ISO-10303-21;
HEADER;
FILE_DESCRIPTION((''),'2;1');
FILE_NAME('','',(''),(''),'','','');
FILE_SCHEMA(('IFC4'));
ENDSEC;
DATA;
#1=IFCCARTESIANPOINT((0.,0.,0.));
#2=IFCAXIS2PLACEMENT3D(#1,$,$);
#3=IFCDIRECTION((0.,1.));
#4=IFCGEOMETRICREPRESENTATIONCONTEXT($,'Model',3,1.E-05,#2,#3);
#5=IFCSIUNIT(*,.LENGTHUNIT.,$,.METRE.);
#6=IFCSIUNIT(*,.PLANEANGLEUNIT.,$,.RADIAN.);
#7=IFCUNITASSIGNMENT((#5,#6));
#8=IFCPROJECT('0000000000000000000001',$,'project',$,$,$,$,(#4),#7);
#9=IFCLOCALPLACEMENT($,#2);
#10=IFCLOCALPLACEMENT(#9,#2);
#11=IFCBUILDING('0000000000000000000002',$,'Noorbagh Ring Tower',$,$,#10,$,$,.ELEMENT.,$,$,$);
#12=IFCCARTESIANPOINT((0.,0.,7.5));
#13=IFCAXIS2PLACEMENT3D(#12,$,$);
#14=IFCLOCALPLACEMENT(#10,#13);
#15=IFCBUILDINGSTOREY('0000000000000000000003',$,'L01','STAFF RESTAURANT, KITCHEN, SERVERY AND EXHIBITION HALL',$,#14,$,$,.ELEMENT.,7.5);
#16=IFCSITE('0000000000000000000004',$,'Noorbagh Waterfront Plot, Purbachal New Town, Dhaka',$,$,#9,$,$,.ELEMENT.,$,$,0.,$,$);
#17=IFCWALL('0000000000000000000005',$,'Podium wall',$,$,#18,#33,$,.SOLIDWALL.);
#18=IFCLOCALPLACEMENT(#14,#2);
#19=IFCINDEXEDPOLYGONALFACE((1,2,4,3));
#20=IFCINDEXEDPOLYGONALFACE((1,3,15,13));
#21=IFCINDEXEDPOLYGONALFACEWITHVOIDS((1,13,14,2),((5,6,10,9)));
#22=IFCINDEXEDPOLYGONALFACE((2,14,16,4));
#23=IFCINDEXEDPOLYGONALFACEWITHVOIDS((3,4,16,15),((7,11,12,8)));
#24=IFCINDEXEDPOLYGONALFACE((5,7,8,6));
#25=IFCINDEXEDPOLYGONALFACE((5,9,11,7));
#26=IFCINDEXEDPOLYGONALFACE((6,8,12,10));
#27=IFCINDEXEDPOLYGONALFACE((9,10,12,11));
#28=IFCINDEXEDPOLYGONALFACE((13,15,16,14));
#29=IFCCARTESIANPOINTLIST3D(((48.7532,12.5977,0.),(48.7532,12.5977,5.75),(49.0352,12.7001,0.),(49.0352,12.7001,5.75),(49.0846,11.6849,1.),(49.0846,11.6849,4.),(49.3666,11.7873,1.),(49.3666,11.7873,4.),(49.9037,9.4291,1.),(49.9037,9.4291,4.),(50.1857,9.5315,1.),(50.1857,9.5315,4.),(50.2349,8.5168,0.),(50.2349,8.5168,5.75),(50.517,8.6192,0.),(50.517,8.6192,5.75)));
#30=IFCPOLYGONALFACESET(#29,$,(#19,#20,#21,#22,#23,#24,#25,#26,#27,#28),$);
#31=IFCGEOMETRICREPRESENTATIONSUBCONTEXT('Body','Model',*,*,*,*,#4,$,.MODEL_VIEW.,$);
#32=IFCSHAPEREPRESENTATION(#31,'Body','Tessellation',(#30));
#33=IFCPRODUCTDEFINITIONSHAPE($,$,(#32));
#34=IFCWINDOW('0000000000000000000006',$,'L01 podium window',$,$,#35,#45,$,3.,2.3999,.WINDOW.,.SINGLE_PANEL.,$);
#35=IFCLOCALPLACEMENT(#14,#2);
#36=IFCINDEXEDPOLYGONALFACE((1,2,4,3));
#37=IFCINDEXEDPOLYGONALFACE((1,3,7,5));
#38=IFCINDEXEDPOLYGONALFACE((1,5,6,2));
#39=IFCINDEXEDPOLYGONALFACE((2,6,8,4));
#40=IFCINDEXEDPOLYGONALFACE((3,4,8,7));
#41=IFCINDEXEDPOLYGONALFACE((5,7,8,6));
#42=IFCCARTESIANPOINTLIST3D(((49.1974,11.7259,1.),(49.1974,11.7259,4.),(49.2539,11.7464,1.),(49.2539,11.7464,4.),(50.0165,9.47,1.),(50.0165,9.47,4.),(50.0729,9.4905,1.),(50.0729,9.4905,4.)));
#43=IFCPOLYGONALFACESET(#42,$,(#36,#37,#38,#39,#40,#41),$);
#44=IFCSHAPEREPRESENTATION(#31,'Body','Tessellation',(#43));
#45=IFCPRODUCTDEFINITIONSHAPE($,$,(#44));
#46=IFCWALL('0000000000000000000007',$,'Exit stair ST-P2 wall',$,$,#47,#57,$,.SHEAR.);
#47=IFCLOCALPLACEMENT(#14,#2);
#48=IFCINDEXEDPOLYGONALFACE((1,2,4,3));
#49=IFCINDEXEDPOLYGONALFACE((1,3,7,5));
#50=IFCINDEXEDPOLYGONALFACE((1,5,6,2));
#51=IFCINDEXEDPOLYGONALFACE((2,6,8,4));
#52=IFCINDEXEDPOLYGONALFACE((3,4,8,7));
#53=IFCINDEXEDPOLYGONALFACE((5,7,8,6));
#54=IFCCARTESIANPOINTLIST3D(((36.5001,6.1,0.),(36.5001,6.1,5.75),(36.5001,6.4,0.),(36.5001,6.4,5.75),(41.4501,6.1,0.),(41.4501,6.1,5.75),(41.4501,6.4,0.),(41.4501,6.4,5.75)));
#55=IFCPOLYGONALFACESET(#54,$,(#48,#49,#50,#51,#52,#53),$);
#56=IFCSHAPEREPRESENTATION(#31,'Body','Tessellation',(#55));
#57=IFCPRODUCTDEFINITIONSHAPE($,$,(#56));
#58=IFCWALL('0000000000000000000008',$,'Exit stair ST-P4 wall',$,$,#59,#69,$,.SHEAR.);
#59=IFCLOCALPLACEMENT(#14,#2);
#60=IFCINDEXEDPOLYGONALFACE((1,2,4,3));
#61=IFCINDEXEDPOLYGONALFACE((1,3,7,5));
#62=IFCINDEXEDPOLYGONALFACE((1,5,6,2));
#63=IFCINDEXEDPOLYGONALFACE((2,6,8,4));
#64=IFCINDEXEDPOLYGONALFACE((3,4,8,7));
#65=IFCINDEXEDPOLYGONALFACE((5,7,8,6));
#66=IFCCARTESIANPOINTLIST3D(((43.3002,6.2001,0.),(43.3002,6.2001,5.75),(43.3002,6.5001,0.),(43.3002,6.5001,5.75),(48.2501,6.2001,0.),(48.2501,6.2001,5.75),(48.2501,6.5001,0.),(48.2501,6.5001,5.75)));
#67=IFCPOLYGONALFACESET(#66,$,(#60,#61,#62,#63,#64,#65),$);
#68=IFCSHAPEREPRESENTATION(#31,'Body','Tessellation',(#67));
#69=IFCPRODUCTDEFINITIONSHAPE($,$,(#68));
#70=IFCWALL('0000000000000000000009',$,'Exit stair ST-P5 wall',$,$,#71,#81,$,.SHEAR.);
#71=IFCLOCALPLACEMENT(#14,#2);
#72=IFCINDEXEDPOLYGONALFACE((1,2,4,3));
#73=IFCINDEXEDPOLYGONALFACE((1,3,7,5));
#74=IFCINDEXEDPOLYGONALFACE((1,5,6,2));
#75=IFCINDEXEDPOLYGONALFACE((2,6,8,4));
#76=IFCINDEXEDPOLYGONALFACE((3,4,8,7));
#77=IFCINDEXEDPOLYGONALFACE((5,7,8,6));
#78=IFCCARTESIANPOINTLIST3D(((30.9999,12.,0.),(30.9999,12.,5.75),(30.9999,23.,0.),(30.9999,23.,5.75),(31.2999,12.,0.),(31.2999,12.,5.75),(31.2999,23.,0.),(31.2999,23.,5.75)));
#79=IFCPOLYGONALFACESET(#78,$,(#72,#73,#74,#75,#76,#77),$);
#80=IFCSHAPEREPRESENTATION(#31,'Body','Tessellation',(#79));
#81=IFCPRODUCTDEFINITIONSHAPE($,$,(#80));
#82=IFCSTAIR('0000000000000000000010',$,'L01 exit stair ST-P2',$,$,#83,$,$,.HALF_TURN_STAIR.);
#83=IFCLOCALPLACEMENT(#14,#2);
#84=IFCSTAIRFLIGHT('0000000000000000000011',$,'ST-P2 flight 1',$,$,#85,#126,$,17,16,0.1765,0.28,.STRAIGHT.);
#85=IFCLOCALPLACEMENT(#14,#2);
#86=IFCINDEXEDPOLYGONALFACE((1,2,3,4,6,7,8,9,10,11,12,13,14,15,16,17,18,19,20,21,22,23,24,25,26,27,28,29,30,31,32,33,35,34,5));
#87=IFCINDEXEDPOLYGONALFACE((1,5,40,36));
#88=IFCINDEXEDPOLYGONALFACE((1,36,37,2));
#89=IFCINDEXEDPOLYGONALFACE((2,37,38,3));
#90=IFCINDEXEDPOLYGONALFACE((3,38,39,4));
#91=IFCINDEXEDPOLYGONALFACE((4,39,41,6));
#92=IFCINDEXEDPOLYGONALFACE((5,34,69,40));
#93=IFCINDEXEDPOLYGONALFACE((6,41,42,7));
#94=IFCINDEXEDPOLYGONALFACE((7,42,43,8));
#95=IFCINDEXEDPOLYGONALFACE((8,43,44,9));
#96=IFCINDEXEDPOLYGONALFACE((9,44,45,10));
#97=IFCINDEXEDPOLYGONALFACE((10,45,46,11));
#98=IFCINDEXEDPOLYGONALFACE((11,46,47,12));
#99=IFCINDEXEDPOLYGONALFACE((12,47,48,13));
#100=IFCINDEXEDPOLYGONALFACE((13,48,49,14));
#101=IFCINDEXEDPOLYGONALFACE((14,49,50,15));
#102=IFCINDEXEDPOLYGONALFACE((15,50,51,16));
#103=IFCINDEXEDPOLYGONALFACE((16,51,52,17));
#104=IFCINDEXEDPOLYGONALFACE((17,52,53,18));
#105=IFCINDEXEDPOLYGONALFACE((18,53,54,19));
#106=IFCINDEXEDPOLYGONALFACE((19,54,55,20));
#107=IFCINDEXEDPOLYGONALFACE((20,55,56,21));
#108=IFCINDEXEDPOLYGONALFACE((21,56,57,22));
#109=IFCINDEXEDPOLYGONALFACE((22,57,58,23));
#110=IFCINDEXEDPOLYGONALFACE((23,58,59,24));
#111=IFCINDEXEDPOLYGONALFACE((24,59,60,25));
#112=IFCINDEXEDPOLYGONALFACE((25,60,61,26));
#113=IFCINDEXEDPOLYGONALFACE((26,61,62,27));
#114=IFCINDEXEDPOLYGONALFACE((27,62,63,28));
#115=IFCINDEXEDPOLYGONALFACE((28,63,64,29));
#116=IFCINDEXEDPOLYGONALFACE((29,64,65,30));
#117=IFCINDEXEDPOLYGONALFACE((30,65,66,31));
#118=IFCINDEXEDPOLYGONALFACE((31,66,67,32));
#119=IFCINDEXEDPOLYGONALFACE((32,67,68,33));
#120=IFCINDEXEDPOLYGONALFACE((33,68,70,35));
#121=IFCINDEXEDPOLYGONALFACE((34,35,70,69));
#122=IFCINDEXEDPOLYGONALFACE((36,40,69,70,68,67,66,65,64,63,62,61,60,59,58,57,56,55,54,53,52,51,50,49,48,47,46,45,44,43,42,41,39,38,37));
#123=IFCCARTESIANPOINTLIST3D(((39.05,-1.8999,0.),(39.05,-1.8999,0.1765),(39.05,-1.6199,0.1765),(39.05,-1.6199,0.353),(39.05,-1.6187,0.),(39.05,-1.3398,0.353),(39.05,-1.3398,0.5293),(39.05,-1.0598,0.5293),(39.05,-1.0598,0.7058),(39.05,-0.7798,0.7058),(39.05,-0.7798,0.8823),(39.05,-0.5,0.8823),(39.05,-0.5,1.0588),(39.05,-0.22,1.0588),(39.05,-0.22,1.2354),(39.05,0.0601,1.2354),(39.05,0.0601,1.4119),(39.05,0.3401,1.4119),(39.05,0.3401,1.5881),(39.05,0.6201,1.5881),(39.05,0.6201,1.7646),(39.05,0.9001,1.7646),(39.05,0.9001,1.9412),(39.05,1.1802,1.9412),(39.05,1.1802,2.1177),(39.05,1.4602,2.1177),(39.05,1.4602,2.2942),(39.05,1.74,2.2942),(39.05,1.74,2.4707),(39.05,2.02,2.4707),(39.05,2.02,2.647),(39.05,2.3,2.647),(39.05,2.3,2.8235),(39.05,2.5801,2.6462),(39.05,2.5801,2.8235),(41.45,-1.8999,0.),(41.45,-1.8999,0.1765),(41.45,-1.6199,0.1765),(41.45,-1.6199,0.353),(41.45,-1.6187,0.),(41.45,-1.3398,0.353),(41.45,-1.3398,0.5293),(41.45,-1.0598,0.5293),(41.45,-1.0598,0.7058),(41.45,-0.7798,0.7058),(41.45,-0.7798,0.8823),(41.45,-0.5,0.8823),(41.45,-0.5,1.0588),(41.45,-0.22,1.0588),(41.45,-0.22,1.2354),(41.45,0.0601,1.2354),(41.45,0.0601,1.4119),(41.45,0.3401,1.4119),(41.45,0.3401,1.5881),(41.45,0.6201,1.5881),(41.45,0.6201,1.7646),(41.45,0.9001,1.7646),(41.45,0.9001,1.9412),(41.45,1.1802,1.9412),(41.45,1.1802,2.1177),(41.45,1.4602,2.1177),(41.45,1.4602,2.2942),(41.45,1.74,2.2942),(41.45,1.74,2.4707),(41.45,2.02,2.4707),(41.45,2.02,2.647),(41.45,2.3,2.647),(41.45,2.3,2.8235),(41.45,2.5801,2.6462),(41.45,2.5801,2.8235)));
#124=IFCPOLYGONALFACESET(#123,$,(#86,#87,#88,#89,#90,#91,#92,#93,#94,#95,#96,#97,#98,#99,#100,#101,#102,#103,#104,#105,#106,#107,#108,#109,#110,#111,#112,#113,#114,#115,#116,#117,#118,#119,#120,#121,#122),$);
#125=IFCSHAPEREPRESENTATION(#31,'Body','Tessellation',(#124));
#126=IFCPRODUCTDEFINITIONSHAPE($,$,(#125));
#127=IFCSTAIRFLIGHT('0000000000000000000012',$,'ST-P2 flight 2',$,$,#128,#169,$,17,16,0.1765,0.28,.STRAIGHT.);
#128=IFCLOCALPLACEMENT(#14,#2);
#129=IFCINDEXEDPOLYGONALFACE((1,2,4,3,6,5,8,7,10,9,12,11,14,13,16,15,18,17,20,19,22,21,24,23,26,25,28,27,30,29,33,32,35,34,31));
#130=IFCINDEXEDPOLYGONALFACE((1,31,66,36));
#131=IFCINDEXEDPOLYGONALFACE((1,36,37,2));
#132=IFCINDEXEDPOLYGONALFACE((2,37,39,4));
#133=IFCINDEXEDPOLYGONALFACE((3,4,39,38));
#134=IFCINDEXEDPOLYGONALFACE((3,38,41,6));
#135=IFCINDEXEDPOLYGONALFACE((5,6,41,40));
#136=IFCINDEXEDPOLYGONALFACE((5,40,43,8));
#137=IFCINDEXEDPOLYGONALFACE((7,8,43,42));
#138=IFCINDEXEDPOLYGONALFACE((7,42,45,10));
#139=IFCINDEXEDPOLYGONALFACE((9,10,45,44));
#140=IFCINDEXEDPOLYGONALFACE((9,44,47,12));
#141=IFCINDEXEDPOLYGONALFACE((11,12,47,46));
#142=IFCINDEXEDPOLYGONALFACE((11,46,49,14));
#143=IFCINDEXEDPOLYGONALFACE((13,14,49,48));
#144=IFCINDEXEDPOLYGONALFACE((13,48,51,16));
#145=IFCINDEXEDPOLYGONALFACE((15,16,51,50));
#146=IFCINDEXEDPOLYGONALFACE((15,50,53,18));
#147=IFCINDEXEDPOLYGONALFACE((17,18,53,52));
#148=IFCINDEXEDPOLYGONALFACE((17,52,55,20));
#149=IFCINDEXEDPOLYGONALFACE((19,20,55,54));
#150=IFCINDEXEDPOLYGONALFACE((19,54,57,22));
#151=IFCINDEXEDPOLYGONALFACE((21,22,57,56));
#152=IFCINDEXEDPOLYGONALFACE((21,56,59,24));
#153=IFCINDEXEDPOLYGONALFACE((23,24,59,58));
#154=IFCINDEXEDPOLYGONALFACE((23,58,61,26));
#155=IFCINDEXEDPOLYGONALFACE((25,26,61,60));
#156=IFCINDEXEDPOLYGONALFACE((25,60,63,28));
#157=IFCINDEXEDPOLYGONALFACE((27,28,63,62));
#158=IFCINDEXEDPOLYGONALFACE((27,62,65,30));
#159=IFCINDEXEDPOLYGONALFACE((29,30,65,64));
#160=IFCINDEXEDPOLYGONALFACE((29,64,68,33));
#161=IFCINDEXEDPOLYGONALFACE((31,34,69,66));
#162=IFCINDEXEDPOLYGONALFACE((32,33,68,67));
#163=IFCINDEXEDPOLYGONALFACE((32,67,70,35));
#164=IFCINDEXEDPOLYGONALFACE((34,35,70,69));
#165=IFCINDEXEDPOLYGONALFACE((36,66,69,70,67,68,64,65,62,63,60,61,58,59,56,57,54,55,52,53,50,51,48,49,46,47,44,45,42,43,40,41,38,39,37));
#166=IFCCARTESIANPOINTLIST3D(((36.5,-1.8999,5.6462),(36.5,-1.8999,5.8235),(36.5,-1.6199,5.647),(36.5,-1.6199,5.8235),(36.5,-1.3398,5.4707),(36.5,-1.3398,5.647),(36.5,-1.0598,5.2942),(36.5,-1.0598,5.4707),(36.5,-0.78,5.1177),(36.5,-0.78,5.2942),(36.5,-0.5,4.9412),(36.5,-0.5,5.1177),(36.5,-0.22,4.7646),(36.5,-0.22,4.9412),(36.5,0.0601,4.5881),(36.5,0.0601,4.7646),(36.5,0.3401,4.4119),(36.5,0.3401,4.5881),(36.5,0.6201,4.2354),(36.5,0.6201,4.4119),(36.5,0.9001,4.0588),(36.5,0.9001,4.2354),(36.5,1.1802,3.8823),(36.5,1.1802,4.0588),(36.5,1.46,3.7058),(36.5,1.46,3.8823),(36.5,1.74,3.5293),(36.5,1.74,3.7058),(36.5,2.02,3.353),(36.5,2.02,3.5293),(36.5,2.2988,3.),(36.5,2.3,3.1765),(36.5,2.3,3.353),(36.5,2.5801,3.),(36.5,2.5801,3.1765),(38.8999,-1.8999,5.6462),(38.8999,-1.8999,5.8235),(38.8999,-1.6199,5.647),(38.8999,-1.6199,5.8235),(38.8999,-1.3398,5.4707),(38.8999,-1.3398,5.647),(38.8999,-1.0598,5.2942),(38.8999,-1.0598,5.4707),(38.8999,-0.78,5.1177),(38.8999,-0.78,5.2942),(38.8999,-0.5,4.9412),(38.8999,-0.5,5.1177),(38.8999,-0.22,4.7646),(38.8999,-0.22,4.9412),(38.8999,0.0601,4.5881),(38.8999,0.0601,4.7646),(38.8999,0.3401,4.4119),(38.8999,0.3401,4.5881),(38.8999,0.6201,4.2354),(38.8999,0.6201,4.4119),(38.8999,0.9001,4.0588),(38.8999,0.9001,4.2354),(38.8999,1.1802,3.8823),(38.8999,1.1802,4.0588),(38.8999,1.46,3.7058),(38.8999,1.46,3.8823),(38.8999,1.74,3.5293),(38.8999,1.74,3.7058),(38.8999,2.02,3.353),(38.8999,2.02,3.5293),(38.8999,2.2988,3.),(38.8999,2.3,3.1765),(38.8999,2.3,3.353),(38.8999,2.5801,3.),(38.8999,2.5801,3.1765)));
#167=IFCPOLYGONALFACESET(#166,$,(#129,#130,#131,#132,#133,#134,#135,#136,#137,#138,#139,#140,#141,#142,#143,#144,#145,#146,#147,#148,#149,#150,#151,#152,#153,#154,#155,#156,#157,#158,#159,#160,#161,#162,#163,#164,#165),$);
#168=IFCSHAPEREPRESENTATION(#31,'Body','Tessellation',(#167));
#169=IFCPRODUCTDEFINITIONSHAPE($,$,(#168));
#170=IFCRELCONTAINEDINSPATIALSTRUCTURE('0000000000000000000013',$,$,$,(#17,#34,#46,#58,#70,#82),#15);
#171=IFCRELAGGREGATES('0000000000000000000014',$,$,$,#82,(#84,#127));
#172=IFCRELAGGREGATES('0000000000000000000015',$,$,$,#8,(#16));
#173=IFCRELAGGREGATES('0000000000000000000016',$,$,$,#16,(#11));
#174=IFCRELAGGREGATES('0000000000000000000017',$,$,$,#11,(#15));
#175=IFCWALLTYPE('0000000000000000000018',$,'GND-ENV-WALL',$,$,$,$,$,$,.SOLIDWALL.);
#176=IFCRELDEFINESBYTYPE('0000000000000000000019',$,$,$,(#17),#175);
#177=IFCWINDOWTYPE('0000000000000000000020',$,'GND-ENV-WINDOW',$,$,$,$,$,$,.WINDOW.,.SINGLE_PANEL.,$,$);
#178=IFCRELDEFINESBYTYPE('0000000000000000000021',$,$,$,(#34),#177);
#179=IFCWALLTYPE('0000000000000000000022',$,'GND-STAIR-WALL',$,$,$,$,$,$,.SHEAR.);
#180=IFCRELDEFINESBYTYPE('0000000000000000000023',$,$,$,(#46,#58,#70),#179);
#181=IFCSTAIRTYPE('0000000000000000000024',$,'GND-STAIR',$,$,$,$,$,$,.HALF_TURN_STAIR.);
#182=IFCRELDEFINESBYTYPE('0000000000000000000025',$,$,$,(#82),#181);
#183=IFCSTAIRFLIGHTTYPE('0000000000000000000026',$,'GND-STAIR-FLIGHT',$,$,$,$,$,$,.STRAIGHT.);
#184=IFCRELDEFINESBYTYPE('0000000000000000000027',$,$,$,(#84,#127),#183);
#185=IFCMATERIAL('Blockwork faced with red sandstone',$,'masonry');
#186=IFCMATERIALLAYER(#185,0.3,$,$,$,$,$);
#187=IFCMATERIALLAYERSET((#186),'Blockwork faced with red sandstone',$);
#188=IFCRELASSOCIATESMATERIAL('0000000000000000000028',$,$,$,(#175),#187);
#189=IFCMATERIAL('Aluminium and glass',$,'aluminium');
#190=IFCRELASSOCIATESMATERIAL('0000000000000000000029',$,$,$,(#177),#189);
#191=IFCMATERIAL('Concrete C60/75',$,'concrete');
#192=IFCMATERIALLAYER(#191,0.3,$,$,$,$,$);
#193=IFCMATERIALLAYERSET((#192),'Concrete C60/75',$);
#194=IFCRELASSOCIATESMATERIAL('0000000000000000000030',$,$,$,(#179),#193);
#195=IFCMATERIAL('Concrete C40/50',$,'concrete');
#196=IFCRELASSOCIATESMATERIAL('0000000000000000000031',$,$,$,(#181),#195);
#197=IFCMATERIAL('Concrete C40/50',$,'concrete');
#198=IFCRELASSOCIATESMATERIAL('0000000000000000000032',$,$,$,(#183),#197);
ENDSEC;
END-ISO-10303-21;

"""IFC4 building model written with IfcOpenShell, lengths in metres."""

from ifc_helpers import new_model, si_unit, direction, frame, frame_2d, origin, place, context, subcontext, project, spatial, polyline, rectangle, outline, extrude, material, layer, layer_set, type_object, element, fill, aggregate, save


model = new_model("IFC4")

# Units and contexts
model_context = context("Model", 3, precision=1e-05, world=origin(), true_north=direction((0.0, 1.0)))
body_context = subcontext(model_context, "Body", "Model", "MODEL_VIEW")
ifc_project = project(units=[si_unit("LENGTHUNIT", "METRE"), si_unit("PLANEANGLEUNIT", "RADIAN")], contexts=[model_context])

# Site, building, storey
site_placement = place(None, origin())
site = spatial("IfcSite", under=ifc_project, at=site_placement, Name="Noorbagh Waterfront Plot, Purbachal New Town, Dhaka", CompositionType="ELEMENT", RefElevation=0.0)
building_placement = place(site_placement, origin())
building = spatial("IfcBuilding", under=site, at=building_placement, Name="Noorbagh Ring Tower", CompositionType="ELEMENT")
storey_placement = place(building_placement, frame((0.0, 0.0, 7.5)))
storey = spatial("IfcBuildingStorey", under=building, at=storey_placement, Name="L01", Description="STAFF RESTAURANT, KITCHEN, SERVERY AND EXHIBITION HALL", CompositionType="ELEMENT", Elevation=7.5)

# Wall, opening, window
ifc_material_1 = material(Name="Blockwork faced with red sandstone", Category="masonry")
ifc_layer_1 = layer(ifc_material_1, 0.3)
ifc_layer_set_1 = layer_set([ifc_layer_1], Name="Blockwork faced with red sandstone")
wall_type_1 = type_object("IfcWallType", Name="GND-ENV-WALL", PredefinedType="SOLIDWALL", material=ifc_layer_set_1)
ifc_material_2 = material(Name="Aluminium and glass", Category="aluminium")
window_type = type_object("IfcWindowType", Name="GND-ENV-WINDOW", PartitioningType="SINGLE_PANEL", PredefinedType="WINDOW", material=ifc_material_2)
wall_1_placement = place(storey_placement, frame((50.376, 8.5679, 0.0), z_axis=(0.0, 0.0, 1.0), x_axis=(-0.341287, 0.939959, 0.0)))
wall_1 = element("IfcWall", 1, at=wall_1_placement, inside=storey, type_object=wall_type_1, Name="Podium wall", PredefinedType="SOLIDWALL", context=body_context, shape_type="SweptSolid", body=[
    extrude(rectangle(XDim=4.3416, YDim=0.3, at=frame_2d((2.1709, 0.0))), origin(), (0.0, 0.0, 1.0), 5.75),
])
opening_1_placement = place(wall_1_placement, frame((0.9707, 0.0, 1.0)))
opening_1 = element("IfcOpeningElement", 2, at=opening_1_placement, cuts=wall_1, PredefinedType="OPENING", context=body_context, shape_type="SweptSolid", body=[
    extrude(rectangle(XDim=2.3999, YDim=3.0, at=frame_2d((1.2, 1.5))), frame((0.0, 0.1602, 0.0), z_axis=(0.0, -1.0, 0.0), x_axis=(1.0, 0.0, 0.0)), (0.0, 0.0, 1.0), 0.3201),
])
window_1_placement = place(opening_1_placement, origin())
window_1 = element("IfcWindow", 3, at=window_1_placement, inside=storey, type_object=window_type, Name="L01 podium window", OverallHeight=3.0, OverallWidth=2.3999, PartitioningType="SINGLE_PANEL", PredefinedType="WINDOW", context=body_context, shape_type="SweptSolid", body=[
    extrude(rectangle(XDim=2.3999, YDim=3.0, at=frame_2d((1.2, 1.5))), frame((0.0, 0.03, 0.0), z_axis=(0.0, -1.0, 0.0), x_axis=(1.0, 0.0, 0.0)), (0.0, 0.0, 1.0), 0.0601),
])
fill(opening_1, window_1)

# Walls
ifc_material_3 = material(Name="Concrete C60/75", Category="concrete")
ifc_layer_2 = layer(ifc_material_3, 0.3)
ifc_layer_set_2 = layer_set([ifc_layer_2], Name="Concrete C60/75")
wall_type_2 = type_object("IfcWallType", Name="GND-STAIR-WALL", PredefinedType="SHEAR", material=ifc_layer_set_2)
for number, where, z_axis, x_axis, name in (
    (4, (36.5, 6.25, 0.0), (0.0, 0.0, 1.0), (1.0, 0.0, 0.0), "Exit stair ST-P2 wall"),
    (5, (43.3, 6.3501, 0.0), (0.0, 0.0, 1.0), (1.0, 0.0, 0.0), "Exit stair ST-P4 wall"),
):
    element("IfcWall", number, at=place(storey_placement, frame(where, z_axis=z_axis, x_axis=x_axis)), inside=storey, type_object=wall_type_2, Name=name, PredefinedType="SHEAR", context=body_context, shape_type="SweptSolid", body=[
        extrude(rectangle(XDim=4.95, YDim=0.3, at=frame_2d((2.4751, 0.0))), origin(), (0.0, 0.0, 1.0), 5.75),
    ])
wall_2_placement = place(storey_placement, frame((31.1499, 12.0, 0.0), z_axis=(0.0, 0.0, 1.0), x_axis=(0.0, 1.0, 0.0)))
element("IfcWall", 6, at=wall_2_placement, inside=storey, type_object=wall_type_2, Name="Exit stair ST-P5 wall", PredefinedType="SHEAR", context=body_context, shape_type="SweptSolid", body=[
    extrude(rectangle(XDim=11.0, YDim=0.3, at=frame_2d((5.5, 0.0))), origin(), (0.0, 0.0, 1.0), 5.75),
])

# Stair, stair flights
ifc_material_4 = material(Name="Concrete C40/50", Category="concrete")
stair_type = type_object("IfcStairType", Name="GND-STAIR", PredefinedType="HALF_TURN_STAIR", material=ifc_material_4)
stair_1_placement = place(storey_placement, origin())
stair_1 = element("IfcStair", 7, at=stair_1_placement, inside=storey, type_object=stair_type, Name="L01 exit stair ST-P2", PredefinedType="HALF_TURN_STAIR")
ifc_material_5 = material(Name="Concrete C40/50", Category="concrete")
stair_flight_type = type_object("IfcStairFlightType", Name="GND-STAIR-FLIGHT", PredefinedType="STRAIGHT", material=ifc_material_5)
stair_flight_1_placement = place(storey_placement, frame((40.25, -1.8999, 0.0), z_axis=(0.0, 0.0, 1.0), x_axis=(0.0, 1.0, 0.0)))
stair_flight_1 = element("IfcStairFlight", 8, at=stair_flight_1_placement, type_object=stair_flight_type, Name="ST-P2 flight 1", NumberOfRisers=17, NumberOfTreads=16, PredefinedType="STRAIGHT", RiserHeight=0.1765, TreadLength=0.28, context=body_context, shape_type="SweptSolid", body=[
    extrude(outline(polyline([(0.0, 0.0), (0.0, 0.1765), (0.28, 0.1765), (0.28, 0.353), (0.5601, 0.353), (0.5601, 0.5293), (0.8401, 0.5293), (0.8401, 0.7058), (1.1201, 0.7058), (1.1201, 0.8823), (1.3999, 0.8823), (1.3999, 1.0588), (1.6799, 1.0588), (1.6799, 1.2354), (1.96, 1.2354), (1.96, 1.4119), (2.24, 1.4119), (2.24, 1.5881), (2.52, 1.5881), (2.52, 1.7646), (2.8, 1.7646), (2.8, 1.9412), (3.0801, 1.9412), (3.0801, 2.1177), (3.3601, 2.1177), (3.3601, 2.2942), (3.6399, 2.2942), (3.6399, 2.4707), (3.9199, 2.4707), (3.9199, 2.647), (4.2, 2.647), (4.2, 2.8235), (4.48, 2.8235), (4.48, 3.0), (4.48, 2.6462), (0.2812, 0.0), (0.0, 0.0)])), frame((0.0, 1.2, 0.0), z_axis=(0.0, -1.0, 0.0), x_axis=(1.0, 0.0, 0.0)), (0.0, 0.0, 1.0), 2.3999),
])
stair_flight_2_placement = place(storey_placement, frame((37.7, 2.5801, 3.0), z_axis=(0.0, 0.0, 1.0), x_axis=(0.0, -1.0, 0.0)))
stair_flight_2 = element("IfcStairFlight", 9, at=stair_flight_2_placement, type_object=stair_flight_type, Name="ST-P2 flight 2", NumberOfRisers=17, NumberOfTreads=16, PredefinedType="STRAIGHT", RiserHeight=0.1765, TreadLength=0.28, context=body_context, shape_type="SweptSolid", body=[
    extrude(outline(polyline([(0.0, 0.0), (0.0, 0.1765), (0.28, 0.1765), (0.28, 0.353), (0.5601, 0.353), (0.5601, 0.5293), (0.8401, 0.5293), (0.8401, 0.7058), (1.1201, 0.7058), (1.1201, 0.8823), (1.3999, 0.8823), (1.3999, 1.0588), (1.6799, 1.0588), (1.6799, 1.2354), (1.96, 1.2354), (1.96, 1.4119), (2.24, 1.4119), (2.24, 1.5881), (2.52, 1.5881), (2.52, 1.7646), (2.8, 1.7646), (2.8, 1.9412), (3.0801, 1.9412), (3.0801, 2.1177), (3.3601, 2.1177), (3.3601, 2.2942), (3.6399, 2.2942), (3.6399, 2.4707), (3.9199, 2.4707), (3.9199, 2.647), (4.2, 2.647), (4.2, 2.8235), (4.48, 2.8235), (4.48, 3.0), (4.48, 2.6462), (0.2812, 0.0), (0.0, 0.0)])), frame((0.0, 1.2, 0.0), z_axis=(0.0, -1.0, 0.0), x_axis=(1.0, 0.0, 0.0)), (0.0, 0.0, 1.0), 2.3999),
])
aggregate(stair_1, [stair_flight_1, stair_flight_2])

save(model, "model.ifc")
